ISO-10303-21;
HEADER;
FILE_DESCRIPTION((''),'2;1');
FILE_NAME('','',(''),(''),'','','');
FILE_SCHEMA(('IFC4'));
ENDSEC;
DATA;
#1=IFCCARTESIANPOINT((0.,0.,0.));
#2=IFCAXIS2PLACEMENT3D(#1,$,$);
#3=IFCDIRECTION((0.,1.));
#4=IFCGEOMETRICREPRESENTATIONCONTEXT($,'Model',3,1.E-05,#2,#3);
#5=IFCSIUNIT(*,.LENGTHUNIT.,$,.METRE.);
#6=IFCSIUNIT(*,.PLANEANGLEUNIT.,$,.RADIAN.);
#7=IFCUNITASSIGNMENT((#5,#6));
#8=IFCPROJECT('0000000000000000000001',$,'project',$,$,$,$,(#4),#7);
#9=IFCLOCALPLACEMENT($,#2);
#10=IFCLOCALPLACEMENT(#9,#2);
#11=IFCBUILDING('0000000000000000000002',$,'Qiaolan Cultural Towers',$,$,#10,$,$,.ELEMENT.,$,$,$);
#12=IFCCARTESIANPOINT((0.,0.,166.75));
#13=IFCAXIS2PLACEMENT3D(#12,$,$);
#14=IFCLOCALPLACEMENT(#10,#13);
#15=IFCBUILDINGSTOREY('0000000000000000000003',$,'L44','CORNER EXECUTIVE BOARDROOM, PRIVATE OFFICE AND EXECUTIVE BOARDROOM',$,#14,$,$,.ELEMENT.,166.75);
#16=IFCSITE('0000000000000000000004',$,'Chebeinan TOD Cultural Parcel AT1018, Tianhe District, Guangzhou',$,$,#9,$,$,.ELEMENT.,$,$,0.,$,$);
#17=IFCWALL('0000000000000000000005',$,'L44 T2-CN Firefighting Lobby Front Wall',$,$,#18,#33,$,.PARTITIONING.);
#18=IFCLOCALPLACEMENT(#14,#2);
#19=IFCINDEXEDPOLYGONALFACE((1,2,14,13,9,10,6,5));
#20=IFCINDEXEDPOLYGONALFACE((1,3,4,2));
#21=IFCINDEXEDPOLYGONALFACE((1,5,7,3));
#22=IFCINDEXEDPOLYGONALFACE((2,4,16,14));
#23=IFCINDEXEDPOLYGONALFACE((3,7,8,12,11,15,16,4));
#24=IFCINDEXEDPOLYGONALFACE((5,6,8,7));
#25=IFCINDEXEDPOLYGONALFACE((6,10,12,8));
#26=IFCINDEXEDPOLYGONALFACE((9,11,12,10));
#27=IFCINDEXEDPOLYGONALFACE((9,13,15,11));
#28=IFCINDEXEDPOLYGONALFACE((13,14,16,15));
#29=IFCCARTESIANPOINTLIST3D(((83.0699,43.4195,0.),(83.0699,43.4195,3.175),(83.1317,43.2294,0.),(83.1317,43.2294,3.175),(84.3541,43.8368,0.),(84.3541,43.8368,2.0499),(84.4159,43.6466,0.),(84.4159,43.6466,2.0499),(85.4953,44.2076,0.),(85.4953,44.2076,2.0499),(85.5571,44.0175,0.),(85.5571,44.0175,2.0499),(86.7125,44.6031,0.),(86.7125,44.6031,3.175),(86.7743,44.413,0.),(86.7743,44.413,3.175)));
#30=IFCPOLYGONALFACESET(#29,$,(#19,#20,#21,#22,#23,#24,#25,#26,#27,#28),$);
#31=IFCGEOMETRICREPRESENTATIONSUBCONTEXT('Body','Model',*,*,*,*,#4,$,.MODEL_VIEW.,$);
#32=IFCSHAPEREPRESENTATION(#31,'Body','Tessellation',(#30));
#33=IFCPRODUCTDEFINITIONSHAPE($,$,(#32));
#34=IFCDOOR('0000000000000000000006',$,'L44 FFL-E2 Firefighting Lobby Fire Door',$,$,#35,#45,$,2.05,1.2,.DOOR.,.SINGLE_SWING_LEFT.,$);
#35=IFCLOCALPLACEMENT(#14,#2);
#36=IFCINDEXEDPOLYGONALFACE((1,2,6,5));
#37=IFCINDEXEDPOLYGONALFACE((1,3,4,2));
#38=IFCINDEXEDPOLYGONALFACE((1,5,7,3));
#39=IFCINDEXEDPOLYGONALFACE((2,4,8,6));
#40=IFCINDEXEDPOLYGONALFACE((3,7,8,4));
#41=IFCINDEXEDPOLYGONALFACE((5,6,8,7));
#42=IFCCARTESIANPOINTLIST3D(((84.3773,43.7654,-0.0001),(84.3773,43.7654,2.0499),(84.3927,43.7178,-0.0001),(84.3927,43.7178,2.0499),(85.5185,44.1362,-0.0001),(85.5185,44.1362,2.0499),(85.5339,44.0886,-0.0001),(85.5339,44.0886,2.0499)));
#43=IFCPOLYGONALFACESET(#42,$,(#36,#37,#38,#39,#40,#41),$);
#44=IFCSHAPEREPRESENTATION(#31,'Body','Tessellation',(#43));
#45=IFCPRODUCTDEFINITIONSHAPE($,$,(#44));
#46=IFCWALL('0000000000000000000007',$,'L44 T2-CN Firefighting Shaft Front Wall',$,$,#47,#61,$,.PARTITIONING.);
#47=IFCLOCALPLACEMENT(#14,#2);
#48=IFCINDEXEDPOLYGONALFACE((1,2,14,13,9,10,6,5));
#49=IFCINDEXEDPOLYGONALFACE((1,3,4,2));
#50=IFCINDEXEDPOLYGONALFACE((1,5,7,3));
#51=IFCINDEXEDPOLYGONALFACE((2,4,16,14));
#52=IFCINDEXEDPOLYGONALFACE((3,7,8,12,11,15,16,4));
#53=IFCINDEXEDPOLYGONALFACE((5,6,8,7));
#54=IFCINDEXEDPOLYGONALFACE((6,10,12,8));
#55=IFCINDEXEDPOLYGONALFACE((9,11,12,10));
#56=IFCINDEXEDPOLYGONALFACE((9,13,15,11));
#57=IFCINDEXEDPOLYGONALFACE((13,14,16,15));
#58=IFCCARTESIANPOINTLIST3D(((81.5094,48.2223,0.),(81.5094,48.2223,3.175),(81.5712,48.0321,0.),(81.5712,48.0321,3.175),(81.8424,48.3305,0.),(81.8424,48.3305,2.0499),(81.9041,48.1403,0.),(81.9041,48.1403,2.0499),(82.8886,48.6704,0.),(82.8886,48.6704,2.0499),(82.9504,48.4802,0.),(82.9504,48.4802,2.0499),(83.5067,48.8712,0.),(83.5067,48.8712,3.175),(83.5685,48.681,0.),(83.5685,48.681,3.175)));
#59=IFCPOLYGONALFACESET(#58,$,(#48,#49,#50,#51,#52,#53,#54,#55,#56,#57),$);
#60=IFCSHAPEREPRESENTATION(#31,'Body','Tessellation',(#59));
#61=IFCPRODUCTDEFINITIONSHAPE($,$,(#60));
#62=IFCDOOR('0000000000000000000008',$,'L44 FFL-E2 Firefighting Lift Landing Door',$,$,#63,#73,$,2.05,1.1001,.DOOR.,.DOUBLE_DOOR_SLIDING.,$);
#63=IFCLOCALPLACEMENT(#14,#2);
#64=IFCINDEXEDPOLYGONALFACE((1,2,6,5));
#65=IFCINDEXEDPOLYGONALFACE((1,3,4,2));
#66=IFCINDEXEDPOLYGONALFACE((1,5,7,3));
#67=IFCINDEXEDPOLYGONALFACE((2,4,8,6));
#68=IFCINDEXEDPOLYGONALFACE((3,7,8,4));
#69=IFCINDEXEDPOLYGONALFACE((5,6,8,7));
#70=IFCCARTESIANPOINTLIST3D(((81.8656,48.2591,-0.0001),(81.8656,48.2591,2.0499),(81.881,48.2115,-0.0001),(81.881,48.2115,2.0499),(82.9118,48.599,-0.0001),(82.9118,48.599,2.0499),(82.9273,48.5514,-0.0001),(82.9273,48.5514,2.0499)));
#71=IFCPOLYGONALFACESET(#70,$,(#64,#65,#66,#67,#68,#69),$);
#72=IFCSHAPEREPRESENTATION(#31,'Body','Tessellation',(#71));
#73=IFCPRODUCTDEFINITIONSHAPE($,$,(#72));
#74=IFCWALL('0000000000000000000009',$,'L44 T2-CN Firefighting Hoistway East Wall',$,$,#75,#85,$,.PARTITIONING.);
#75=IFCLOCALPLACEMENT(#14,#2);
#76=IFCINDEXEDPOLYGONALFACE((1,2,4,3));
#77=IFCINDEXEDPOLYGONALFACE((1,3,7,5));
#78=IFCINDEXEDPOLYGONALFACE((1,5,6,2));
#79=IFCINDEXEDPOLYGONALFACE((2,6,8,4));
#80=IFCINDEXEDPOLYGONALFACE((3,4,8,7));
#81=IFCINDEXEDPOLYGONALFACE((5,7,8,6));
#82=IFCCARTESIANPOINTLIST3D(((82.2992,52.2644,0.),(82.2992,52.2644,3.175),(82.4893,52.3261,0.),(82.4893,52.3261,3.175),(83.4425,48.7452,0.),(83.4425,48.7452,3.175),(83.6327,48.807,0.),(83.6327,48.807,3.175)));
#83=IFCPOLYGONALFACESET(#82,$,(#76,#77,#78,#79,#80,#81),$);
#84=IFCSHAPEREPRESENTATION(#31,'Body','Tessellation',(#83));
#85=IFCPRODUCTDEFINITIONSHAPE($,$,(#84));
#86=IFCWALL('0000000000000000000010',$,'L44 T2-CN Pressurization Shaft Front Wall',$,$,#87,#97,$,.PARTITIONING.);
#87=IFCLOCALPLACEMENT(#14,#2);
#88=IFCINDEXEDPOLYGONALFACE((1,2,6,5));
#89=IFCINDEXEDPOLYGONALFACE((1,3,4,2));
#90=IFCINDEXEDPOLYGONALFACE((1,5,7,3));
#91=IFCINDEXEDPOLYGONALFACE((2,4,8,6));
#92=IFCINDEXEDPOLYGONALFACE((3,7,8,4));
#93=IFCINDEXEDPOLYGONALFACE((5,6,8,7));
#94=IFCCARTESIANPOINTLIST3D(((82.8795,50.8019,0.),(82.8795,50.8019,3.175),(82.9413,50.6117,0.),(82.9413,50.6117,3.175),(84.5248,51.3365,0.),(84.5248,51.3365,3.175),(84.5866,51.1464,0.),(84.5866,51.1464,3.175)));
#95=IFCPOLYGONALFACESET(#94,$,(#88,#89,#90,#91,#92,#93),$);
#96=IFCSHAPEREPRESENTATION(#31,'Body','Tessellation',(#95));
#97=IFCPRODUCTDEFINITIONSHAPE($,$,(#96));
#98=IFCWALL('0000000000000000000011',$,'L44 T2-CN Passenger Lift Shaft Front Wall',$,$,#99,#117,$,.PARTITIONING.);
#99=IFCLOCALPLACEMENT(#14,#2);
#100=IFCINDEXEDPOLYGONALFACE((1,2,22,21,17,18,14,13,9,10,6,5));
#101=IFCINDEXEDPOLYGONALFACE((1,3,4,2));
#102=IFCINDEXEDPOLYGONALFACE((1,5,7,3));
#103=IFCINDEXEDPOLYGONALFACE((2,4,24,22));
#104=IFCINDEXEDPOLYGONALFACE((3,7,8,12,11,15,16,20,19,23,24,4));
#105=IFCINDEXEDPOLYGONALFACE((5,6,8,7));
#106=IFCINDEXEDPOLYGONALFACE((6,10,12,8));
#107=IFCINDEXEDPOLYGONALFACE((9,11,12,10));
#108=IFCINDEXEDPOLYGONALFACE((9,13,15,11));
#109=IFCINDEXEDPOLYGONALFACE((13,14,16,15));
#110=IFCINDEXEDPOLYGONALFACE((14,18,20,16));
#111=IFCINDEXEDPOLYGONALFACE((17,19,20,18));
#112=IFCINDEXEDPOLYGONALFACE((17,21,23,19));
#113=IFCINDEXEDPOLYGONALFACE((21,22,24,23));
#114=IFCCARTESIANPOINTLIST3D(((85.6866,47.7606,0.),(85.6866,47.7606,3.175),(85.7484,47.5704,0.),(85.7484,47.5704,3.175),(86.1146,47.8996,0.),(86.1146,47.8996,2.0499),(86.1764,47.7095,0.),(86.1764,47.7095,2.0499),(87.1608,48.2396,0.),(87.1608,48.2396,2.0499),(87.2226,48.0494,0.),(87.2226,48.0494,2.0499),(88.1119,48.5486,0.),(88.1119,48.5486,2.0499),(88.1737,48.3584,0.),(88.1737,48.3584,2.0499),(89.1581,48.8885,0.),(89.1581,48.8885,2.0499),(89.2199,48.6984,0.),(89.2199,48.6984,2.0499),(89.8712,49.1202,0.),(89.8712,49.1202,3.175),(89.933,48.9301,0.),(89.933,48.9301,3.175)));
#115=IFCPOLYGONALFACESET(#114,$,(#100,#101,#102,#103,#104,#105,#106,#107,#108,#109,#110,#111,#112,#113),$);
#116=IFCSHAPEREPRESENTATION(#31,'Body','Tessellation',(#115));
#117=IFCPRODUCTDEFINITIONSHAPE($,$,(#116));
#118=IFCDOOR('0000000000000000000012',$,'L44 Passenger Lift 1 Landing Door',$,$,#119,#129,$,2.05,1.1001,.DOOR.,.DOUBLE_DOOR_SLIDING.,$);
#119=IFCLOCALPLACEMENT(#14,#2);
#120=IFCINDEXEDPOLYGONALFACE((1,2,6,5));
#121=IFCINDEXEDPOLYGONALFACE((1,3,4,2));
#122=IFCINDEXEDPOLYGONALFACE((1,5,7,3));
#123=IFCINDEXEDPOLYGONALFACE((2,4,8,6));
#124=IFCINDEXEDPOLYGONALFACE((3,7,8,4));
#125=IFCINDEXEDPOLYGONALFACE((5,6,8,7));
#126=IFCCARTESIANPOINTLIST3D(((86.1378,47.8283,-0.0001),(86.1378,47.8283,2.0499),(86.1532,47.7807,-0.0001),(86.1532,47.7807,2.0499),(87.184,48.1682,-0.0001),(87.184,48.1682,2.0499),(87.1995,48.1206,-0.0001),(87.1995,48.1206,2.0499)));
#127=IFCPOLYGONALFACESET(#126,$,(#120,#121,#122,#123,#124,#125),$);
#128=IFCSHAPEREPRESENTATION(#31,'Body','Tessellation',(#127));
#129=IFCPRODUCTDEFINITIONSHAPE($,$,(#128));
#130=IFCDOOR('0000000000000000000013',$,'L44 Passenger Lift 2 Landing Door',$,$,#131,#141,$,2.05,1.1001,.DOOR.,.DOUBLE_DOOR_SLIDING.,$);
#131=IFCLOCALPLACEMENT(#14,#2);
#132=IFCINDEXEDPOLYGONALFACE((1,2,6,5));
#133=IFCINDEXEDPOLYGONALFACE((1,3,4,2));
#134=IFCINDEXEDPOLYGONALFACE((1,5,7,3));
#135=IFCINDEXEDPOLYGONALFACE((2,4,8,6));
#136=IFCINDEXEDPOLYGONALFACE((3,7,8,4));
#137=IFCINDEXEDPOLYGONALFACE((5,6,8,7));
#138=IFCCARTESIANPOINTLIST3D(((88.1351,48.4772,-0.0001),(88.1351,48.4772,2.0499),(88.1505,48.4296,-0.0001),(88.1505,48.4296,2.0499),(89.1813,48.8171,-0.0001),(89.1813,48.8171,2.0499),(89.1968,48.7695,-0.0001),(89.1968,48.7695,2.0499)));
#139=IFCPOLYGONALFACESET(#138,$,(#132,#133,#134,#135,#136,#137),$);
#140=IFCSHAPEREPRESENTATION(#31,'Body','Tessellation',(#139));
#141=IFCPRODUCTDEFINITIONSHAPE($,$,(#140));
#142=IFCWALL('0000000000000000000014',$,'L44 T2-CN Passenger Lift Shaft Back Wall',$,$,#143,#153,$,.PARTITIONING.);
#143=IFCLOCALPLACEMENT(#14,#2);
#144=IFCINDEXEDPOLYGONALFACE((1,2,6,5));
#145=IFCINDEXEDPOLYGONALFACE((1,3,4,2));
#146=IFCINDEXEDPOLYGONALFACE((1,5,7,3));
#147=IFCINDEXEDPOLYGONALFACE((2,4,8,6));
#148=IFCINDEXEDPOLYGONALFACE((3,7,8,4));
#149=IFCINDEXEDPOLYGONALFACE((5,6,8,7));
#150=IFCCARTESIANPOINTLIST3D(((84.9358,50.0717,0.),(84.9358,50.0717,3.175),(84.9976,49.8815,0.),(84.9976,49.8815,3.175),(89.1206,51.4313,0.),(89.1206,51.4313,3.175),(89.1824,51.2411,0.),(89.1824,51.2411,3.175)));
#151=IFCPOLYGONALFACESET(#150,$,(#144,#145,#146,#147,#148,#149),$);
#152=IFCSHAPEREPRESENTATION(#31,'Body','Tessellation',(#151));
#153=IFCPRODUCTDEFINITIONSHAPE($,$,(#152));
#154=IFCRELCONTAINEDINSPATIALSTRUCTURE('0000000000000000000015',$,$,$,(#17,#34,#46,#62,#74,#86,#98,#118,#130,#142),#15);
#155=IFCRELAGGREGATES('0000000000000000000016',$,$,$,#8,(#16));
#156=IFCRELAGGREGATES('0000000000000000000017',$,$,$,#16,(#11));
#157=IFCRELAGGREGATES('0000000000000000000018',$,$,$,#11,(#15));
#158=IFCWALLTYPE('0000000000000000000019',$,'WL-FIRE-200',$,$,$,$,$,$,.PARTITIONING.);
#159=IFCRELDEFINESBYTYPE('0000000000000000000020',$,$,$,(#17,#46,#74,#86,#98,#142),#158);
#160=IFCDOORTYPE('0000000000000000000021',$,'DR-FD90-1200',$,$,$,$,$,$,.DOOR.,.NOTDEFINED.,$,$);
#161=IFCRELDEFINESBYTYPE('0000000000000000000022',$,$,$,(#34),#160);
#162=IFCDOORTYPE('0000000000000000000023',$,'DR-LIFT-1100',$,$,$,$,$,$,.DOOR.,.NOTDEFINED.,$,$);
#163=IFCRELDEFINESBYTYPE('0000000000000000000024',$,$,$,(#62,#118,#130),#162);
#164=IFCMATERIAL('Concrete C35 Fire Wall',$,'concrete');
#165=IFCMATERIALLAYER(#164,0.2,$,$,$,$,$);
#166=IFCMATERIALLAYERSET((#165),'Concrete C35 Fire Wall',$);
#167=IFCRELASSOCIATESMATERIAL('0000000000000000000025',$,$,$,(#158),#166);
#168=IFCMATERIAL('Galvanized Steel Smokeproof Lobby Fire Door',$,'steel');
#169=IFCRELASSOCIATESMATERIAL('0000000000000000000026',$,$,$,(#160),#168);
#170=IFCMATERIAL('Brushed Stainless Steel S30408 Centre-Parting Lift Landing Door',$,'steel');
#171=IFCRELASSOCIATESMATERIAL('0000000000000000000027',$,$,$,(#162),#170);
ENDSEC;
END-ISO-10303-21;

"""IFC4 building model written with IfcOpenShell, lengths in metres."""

from ifc_helpers import new_model, si_unit, direction, frame, frame_2d, origin, place, context, subcontext, project, spatial, rectangle, extrude, material, layer, layer_set, type_object, element, fill, save


model = new_model("IFC4")

# Units and contexts
model_context = context("Model", 3, precision=1e-05, world=origin(), true_north=direction((0.0, 1.0)))
body_context = subcontext(model_context, "Body", "Model", "MODEL_VIEW")
ifc_project = project(units=[si_unit("LENGTHUNIT", "METRE"), si_unit("PLANEANGLEUNIT", "RADIAN")], contexts=[model_context])

# Site, building, storey
site_placement = place(None, origin())
site = spatial("IfcSite", under=ifc_project, at=site_placement, Name="Chebeinan TOD Cultural Parcel AT1018, Tianhe District, Guangzhou", CompositionType="ELEMENT", RefElevation=0.0)
building_placement = place(site_placement, origin())
building = spatial("IfcBuilding", under=site, at=building_placement, Name="Qiaolan Cultural Towers", CompositionType="ELEMENT")
storey_placement = place(building_placement, frame((0.0, 0.0, 166.75)))
storey = spatial("IfcBuildingStorey", under=building, at=storey_placement, Name="L44", Description="CORNER EXECUTIVE BOARDROOM, PRIVATE OFFICE AND EXECUTIVE BOARDROOM", CompositionType="ELEMENT", Elevation=166.75)

# Shared definitions
ifc_material_1 = material(Name="Concrete C35 Fire Wall", Category="concrete")
ifc_layer_1 = layer(ifc_material_1, 0.2)
ifc_layer_set_1 = layer_set([ifc_layer_1], Name="Concrete C35 Fire Wall")
wall_type_1 = type_object("IfcWallType", Name="WL-FIRE-200", PredefinedType="PARTITIONING", material=ifc_layer_set_1)

# Walls, openings, doors
wall_1_placement = place(storey_placement, frame((83.1008, 43.3245, 0.0), z_axis=(0.0, 0.0, 1.0), x_axis=(0.951053, 0.309028, 0.0)))
wall_1 = element("IfcWall", 1, at=wall_1_placement, inside=storey, type_object=wall_type_1, Name="L44 T2-CN Firefighting Lobby Front Wall", PredefinedType="PARTITIONING", context=body_context, shape_type="SweptSolid", body=[
    extrude(rectangle(XDim=3.8301, YDim=0.2, at=frame_2d((1.915, 0.0))), origin(), (0.0, 0.0, 1.0), 3.175),
])
opening_1_placement = place(wall_1_placement, frame((1.3501, 0.0, 0.0)))
opening_1 = element("IfcOpeningElement", 2, at=opening_1_placement, cuts=wall_1, PredefinedType="OPENING", context=body_context, shape_type="SweptSolid", body=[
    extrude(rectangle(XDim=1.2, YDim=2.05, at=frame_2d((0.6001, 1.0249))), frame((0.0, 0.1099, 0.0), z_axis=(0.0, -1.0, 0.0), x_axis=(1.0, 0.0, 0.0)), (0.0, 0.0, 1.0), 0.22),
])
ifc_material_2 = material(Name="Galvanized Steel Smokeproof Lobby Fire Door", Category="steel")
door_type_1 = type_object("IfcDoorType", Name="DR-FD90-1200", OperationType="NOTDEFINED", PredefinedType="DOOR", material=ifc_material_2)
door_1_placement = place(opening_1_placement, origin())
door_1 = element("IfcDoor", 3, at=door_1_placement, inside=storey, type_object=door_type_1, Name="L44 FFL-E2 Firefighting Lobby Fire Door", OperationType="SINGLE_SWING_LEFT", OverallHeight=2.05, OverallWidth=1.2, PredefinedType="DOOR", context=body_context, shape_type="SweptSolid", body=[
    extrude(rectangle(XDim=1.2, YDim=2.05, at=frame_2d((0.6001, 1.0249))), frame((0.0, 0.0249, 0.0), z_axis=(0.0, -1.0, 0.0), x_axis=(1.0, 0.0, 0.0)), (0.0, 0.0, 1.0), 0.05),
])
fill(opening_1, door_1)
wall_2_placement = place(storey_placement, frame((81.5403, 48.1272, 0.0), z_axis=(0.0, 0.0, 1.0), x_axis=(0.951062, 0.308999, 0.0)))
wall_2 = element("IfcWall", 4, at=wall_2_placement, inside=storey, type_object=wall_type_1, Name="L44 T2-CN Firefighting Shaft Front Wall", PredefinedType="PARTITIONING", context=body_context, shape_type="SweptSolid", body=[
    extrude(rectangle(XDim=2.1001, YDim=0.2, at=frame_2d((1.05, 0.0))), origin(), (0.0, 0.0, 1.0), 3.175),
])
opening_2_placement = place(wall_2_placement, frame((0.3501, 0.0, 0.0)))
opening_2 = element("IfcOpeningElement", 5, at=opening_2_placement, cuts=wall_2, PredefinedType="OPENING", context=body_context, shape_type="SweptSolid", body=[
    extrude(rectangle(XDim=1.1001, YDim=2.05, at=frame_2d((0.55, 1.0249))), frame((0.0, 0.1099, 0.0), z_axis=(0.0, -1.0, 0.0), x_axis=(1.0, 0.0, 0.0)), (0.0, 0.0, 1.0), 0.22),
])
ifc_material_3 = material(Name="Brushed Stainless Steel S30408 Centre-Parting Lift Landing Door", Category="steel")
door_type_2 = type_object("IfcDoorType", Name="DR-LIFT-1100", OperationType="NOTDEFINED", PredefinedType="DOOR", material=ifc_material_3)
door_2_placement = place(opening_2_placement, origin())
door_2 = element("IfcDoor", 6, at=door_2_placement, inside=storey, type_object=door_type_2, Name="L44 FFL-E2 Firefighting Lift Landing Door", OperationType="DOUBLE_DOOR_SLIDING", OverallHeight=2.05, OverallWidth=1.1001, PredefinedType="DOOR", context=body_context, shape_type="SweptSolid", body=[
    extrude(rectangle(XDim=1.1001, YDim=2.05, at=frame_2d((0.55, 1.0249))), frame((0.0, 0.0249, 0.0), z_axis=(0.0, -1.0, 0.0), x_axis=(1.0, 0.0, 0.0)), (0.0, 0.0, 1.0), 0.05),
])
fill(opening_2, door_2)

# Walls
wall_3_placement = place(storey_placement, frame((83.5376, 48.7761, 0.0), z_axis=(0.0, 0.0, 1.0), x_axis=(-0.308994, 0.951064, 0.0)))
element("IfcWall", 7, at=wall_3_placement, inside=storey, type_object=wall_type_1, Name="L44 T2-CN Firefighting Hoistway East Wall", PredefinedType="PARTITIONING", context=body_context, shape_type="SweptSolid", body=[
    extrude(rectangle(XDim=3.7002, YDim=0.2, at=frame_2d((1.8501, 0.0))), origin(), (0.0, 0.0, 1.0), 3.175),
])
wall_4_placement = place(storey_placement, frame((82.9104, 50.7068, 0.0), z_axis=(0.0, 0.0, 1.0), x_axis=(0.951041, 0.309064, 0.0)))
element("IfcWall", 8, at=wall_4_placement, inside=storey, type_object=wall_type_1, Name="L44 T2-CN Pressurization Shaft Front Wall", PredefinedType="PARTITIONING", context=body_context, shape_type="SweptSolid", body=[
    extrude(rectangle(XDim=1.73, YDim=0.2, at=frame_2d((0.865, 0.0))), origin(), (0.0, 0.0, 1.0), 3.175),
])

# Wall, openings, doors
wall_5_placement = place(storey_placement, frame((85.7175, 47.6655, 0.0), z_axis=(0.0, 0.0, 1.0), x_axis=(0.951059, 0.309011, 0.0)))
wall_5 = element("IfcWall", 9, at=wall_5_placement, inside=storey, type_object=wall_type_1, Name="L44 T2-CN Passenger Lift Shaft Front Wall", PredefinedType="PARTITIONING", context=body_context, shape_type="SweptSolid", body=[
    extrude(rectangle(XDim=4.3999, YDim=0.2, at=frame_2d((2.2, 0.0))), origin(), (0.0, 0.0, 1.0), 3.175),
])
opening_3_placement = place(wall_5_placement, frame((0.45, 0.0, 0.0)))
opening_3 = element("IfcOpeningElement", 10, at=opening_3_placement, cuts=wall_5, PredefinedType="OPENING", context=body_context, shape_type="SweptSolid", body=[
    extrude(rectangle(XDim=1.1001, YDim=2.05, at=frame_2d((0.55, 1.0249))), frame((0.0, 0.1099, 0.0), z_axis=(0.0, -1.0, 0.0), x_axis=(1.0, 0.0, 0.0)), (0.0, 0.0, 1.0), 0.22),
])
opening_4_placement = place(wall_5_placement, frame((2.55, 0.0, 0.0)))
opening_4 = element("IfcOpeningElement", 11, at=opening_4_placement, cuts=wall_5, PredefinedType="OPENING", context=body_context, shape_type="SweptSolid", body=[
    extrude(rectangle(XDim=1.1001, YDim=2.05, at=frame_2d((0.55, 1.0249))), frame((0.0, 0.1099, 0.0), z_axis=(0.0, -1.0, 0.0), x_axis=(1.0, 0.0, 0.0)), (0.0, 0.0, 1.0), 0.22),
])
door_3_placement = place(opening_3_placement, origin())
door_3 = element("IfcDoor", 12, at=door_3_placement, inside=storey, type_object=door_type_2, Name="L44 Passenger Lift 1 Landing Door", OperationType="DOUBLE_DOOR_SLIDING", OverallHeight=2.05, OverallWidth=1.1001, PredefinedType="DOOR", context=body_context, shape_type="SweptSolid", body=[
    extrude(rectangle(XDim=1.1001, YDim=2.05, at=frame_2d((0.55, 1.0249))), frame((0.0, 0.0249, 0.0), z_axis=(0.0, -1.0, 0.0), x_axis=(1.0, 0.0, 0.0)), (0.0, 0.0, 1.0), 0.05),
])
fill(opening_3, door_3)
door_4_placement = place(opening_4_placement, origin())
door_4 = element("IfcDoor", 13, at=door_4_placement, inside=storey, type_object=door_type_2, Name="L44 Passenger Lift 2 Landing Door", OperationType="DOUBLE_DOOR_SLIDING", OverallHeight=2.05, OverallWidth=1.1001, PredefinedType="DOOR", context=body_context, shape_type="SweptSolid", body=[
    extrude(rectangle(XDim=1.1001, YDim=2.05, at=frame_2d((0.55, 1.0249))), frame((0.0, 0.0249, 0.0), z_axis=(0.0, -1.0, 0.0), x_axis=(1.0, 0.0, 0.0)), (0.0, 0.0, 1.0), 0.05),
])
fill(opening_4, door_4)

# Wall
wall_6_placement = place(storey_placement, frame((84.9666, 49.9766, 0.0), z_axis=(0.0, 0.0, 1.0), x_axis=(0.951064, 0.308994, 0.0)))
element("IfcWall", 14, at=wall_6_placement, inside=storey, type_object=wall_type_1, Name="L44 T2-CN Passenger Lift Shaft Back Wall", PredefinedType="PARTITIONING", context=body_context, shape_type="SweptSolid", body=[
    extrude(rectangle(XDim=4.4001, YDim=0.2, at=frame_2d((2.2002, 0.0))), origin(), (0.0, 0.0, 1.0), 3.175),
])

save(model, "model.ifc")
